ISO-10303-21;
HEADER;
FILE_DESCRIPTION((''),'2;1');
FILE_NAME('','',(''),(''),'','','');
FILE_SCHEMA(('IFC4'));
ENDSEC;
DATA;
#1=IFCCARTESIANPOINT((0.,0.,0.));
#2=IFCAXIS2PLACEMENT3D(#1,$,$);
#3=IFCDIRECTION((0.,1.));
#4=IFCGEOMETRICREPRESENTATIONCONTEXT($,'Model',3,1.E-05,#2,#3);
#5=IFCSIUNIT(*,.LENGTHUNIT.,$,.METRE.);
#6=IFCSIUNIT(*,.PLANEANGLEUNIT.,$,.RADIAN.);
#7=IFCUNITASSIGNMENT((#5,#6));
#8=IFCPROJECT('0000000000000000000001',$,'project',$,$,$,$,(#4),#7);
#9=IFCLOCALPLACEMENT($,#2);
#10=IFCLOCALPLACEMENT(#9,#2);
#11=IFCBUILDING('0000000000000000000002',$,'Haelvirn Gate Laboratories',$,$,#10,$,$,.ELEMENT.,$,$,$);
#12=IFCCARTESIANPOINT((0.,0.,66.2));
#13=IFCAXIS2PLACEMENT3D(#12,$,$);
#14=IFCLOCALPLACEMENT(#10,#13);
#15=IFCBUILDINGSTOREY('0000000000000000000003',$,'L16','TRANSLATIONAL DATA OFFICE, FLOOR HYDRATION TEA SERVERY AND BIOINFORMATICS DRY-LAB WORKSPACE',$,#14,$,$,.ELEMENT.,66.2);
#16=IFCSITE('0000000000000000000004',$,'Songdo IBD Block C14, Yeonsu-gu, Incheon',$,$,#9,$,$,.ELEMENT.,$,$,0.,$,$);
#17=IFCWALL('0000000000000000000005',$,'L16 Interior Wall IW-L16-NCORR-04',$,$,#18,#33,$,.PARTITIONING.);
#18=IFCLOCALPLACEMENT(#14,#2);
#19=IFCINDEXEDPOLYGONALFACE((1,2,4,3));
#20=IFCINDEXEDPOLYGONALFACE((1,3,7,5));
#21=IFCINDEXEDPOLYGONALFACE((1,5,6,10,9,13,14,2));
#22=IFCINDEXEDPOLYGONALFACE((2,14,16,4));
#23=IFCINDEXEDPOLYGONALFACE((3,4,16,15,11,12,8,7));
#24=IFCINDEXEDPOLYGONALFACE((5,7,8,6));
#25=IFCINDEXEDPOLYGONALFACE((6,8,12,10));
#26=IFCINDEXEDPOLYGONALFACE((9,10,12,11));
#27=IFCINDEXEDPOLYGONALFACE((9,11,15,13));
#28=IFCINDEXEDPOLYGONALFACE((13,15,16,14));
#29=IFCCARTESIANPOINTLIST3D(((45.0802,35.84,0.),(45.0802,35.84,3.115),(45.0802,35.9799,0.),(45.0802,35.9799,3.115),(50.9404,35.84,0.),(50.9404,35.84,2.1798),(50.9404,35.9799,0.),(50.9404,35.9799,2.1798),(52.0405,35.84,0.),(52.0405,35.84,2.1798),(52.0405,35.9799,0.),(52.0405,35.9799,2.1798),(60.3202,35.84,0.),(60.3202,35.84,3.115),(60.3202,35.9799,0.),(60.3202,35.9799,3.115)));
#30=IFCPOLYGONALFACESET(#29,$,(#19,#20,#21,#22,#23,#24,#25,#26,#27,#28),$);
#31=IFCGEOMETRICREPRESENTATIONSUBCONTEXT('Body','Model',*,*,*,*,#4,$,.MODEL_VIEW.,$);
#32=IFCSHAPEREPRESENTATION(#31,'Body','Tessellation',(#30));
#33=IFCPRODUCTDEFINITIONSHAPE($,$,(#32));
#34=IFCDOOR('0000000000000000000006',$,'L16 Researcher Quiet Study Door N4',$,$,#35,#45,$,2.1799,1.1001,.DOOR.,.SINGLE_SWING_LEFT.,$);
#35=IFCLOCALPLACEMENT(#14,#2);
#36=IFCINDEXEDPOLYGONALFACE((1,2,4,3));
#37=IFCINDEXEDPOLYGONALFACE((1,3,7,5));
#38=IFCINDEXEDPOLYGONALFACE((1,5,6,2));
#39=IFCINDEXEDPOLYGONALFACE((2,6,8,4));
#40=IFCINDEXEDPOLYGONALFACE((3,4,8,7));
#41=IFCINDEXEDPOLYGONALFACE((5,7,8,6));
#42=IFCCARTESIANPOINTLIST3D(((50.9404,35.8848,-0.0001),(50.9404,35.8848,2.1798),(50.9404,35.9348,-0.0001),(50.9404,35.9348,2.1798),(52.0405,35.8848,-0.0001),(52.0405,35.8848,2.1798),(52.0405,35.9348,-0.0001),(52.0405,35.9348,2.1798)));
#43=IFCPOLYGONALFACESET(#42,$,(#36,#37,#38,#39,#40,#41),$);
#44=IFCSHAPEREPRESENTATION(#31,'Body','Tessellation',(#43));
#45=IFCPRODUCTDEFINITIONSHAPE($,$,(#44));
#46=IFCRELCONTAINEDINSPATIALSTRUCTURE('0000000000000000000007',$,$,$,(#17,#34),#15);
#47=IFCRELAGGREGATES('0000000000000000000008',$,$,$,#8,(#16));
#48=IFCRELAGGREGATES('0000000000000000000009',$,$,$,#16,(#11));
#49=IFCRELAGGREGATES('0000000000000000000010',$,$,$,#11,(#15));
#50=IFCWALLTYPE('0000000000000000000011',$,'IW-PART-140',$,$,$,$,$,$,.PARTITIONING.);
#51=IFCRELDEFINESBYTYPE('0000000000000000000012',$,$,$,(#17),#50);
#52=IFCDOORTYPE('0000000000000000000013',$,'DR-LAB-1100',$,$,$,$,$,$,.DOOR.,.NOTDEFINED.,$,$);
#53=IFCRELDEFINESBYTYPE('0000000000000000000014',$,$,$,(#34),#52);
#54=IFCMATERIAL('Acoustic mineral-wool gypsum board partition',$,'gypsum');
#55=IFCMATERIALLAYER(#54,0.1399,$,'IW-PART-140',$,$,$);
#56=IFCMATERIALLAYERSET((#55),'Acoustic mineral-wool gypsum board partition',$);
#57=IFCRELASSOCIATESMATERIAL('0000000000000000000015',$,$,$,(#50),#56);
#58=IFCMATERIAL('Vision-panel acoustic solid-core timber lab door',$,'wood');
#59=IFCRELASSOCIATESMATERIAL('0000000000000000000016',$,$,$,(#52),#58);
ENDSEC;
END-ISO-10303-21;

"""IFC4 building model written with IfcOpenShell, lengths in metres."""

from ifc_helpers import new_model, si_unit, direction, frame, frame_2d, origin, place, context, subcontext, project, spatial, rectangle, extrude, source, transform, mapped, material, layer, layer_set, type_object, type_shapes, element, fill, save


model = new_model("IFC4")

# Units and contexts
model_context = context("Model", 3, precision=1e-05, world=origin(), true_north=direction((0.0, 1.0)))
body_context = subcontext(model_context, "Body", "Model", "MODEL_VIEW")
ifc_project = project(units=[si_unit("LENGTHUNIT", "METRE"), si_unit("PLANEANGLEUNIT", "RADIAN")], contexts=[model_context])

# Site, building, storey
site_placement = place(None, origin())
site = spatial("IfcSite", under=ifc_project, at=site_placement, Name="Songdo IBD Block C14, Yeonsu-gu, Incheon", CompositionType="ELEMENT", RefElevation=0.0)
building_placement = place(site_placement, origin())
building = spatial("IfcBuilding", under=site, at=building_placement, Name="Haelvirn Gate Laboratories", CompositionType="ELEMENT")
storey_placement = place(building_placement, frame((0.0, 0.0, 66.2)))
storey = spatial("IfcBuildingStorey", under=building, at=storey_placement, Name="L16", Description="TRANSLATIONAL DATA OFFICE, FLOOR HYDRATION TEA SERVERY AND BIOINFORMATICS DRY-LAB WORKSPACE", CompositionType="ELEMENT", Elevation=66.2)

# Wall, opening, door
ifc_material_1 = material(Name="Acoustic mineral-wool gypsum board partition", Category="gypsum")
ifc_layer_1 = layer(ifc_material_1, 0.1399, Name="IW-PART-140")
ifc_layer_set_1 = layer_set([ifc_layer_1], Name="Acoustic mineral-wool gypsum board partition")
wall_type_1 = type_object("IfcWallType", Name="IW-PART-140", PredefinedType="PARTITIONING", material=ifc_layer_set_1)
wall_1_placement = place(storey_placement, frame((45.0801, 35.9099, 0.0), z_axis=(0.0, 0.0, 1.0), x_axis=(1.0, 0.0, 0.0)))
wall_1 = element("IfcWall", 1, at=wall_1_placement, inside=storey, type_object=wall_type_1, Name="L16 Interior Wall IW-L16-NCORR-04", PredefinedType="PARTITIONING", context=body_context, shape_type="SweptSolid", body=[
    extrude(rectangle(XDim=15.24, YDim=0.1399, at=frame_2d((7.6201, 0.0))), origin(), (0.0, 0.0, 1.0), 3.115),
])
opening_1_placement = place(wall_1_placement, frame((5.8604, 0.0, 0.0)))
opening_1 = element("IfcOpeningElement", 2, at=opening_1_placement, cuts=wall_1, PredefinedType="OPENING", context=body_context, shape_type="SweptSolid", body=[
    extrude(rectangle(XDim=1.1001, YDim=2.1799, at=frame_2d((0.55, 1.0898))), frame((0.0, 0.0801, 0.0), z_axis=(0.0, -1.0, 0.0), x_axis=(1.0, 0.0, 0.0)), (0.0, 0.0, 1.0), 0.1599),
])
ifc_material_2 = material(Name="Vision-panel acoustic solid-core timber lab door", Category="wood")
door_type_1 = type_object("IfcDoorType", Name="DR-LAB-1100", OperationType="NOTDEFINED", PredefinedType="DOOR", material=ifc_material_2)
shared_shape_1 = source(origin(), body_context, "Body", "SweptSolid", [
    extrude(rectangle(XDim=1.1001, YDim=2.1799, at=frame_2d((0.55, 1.0898))), frame((0.0, 0.0249, 0.0), z_axis=(0.0, -1.0, 0.0), x_axis=(1.0, 0.0, 0.0)), (0.0, 0.0, 1.0), 0.05),
])
type_shapes(door_type_1, [shared_shape_1])
door_1_placement = place(opening_1_placement, origin())
door_1 = element("IfcDoor", 3, at=door_1_placement, inside=storey, type_object=door_type_1, Name="L16 Researcher Quiet Study Door N4", OperationType="SINGLE_SWING_LEFT", OverallHeight=2.1799, OverallWidth=1.1001, PredefinedType="DOOR", context=body_context, shape_type="MappedRepresentation", body=[
    mapped(shared_shape_1, transform((0.0, 0.0, 0.0), scale=1.0)),
])
fill(opening_1, door_1)

save(model, "model.ifc")
